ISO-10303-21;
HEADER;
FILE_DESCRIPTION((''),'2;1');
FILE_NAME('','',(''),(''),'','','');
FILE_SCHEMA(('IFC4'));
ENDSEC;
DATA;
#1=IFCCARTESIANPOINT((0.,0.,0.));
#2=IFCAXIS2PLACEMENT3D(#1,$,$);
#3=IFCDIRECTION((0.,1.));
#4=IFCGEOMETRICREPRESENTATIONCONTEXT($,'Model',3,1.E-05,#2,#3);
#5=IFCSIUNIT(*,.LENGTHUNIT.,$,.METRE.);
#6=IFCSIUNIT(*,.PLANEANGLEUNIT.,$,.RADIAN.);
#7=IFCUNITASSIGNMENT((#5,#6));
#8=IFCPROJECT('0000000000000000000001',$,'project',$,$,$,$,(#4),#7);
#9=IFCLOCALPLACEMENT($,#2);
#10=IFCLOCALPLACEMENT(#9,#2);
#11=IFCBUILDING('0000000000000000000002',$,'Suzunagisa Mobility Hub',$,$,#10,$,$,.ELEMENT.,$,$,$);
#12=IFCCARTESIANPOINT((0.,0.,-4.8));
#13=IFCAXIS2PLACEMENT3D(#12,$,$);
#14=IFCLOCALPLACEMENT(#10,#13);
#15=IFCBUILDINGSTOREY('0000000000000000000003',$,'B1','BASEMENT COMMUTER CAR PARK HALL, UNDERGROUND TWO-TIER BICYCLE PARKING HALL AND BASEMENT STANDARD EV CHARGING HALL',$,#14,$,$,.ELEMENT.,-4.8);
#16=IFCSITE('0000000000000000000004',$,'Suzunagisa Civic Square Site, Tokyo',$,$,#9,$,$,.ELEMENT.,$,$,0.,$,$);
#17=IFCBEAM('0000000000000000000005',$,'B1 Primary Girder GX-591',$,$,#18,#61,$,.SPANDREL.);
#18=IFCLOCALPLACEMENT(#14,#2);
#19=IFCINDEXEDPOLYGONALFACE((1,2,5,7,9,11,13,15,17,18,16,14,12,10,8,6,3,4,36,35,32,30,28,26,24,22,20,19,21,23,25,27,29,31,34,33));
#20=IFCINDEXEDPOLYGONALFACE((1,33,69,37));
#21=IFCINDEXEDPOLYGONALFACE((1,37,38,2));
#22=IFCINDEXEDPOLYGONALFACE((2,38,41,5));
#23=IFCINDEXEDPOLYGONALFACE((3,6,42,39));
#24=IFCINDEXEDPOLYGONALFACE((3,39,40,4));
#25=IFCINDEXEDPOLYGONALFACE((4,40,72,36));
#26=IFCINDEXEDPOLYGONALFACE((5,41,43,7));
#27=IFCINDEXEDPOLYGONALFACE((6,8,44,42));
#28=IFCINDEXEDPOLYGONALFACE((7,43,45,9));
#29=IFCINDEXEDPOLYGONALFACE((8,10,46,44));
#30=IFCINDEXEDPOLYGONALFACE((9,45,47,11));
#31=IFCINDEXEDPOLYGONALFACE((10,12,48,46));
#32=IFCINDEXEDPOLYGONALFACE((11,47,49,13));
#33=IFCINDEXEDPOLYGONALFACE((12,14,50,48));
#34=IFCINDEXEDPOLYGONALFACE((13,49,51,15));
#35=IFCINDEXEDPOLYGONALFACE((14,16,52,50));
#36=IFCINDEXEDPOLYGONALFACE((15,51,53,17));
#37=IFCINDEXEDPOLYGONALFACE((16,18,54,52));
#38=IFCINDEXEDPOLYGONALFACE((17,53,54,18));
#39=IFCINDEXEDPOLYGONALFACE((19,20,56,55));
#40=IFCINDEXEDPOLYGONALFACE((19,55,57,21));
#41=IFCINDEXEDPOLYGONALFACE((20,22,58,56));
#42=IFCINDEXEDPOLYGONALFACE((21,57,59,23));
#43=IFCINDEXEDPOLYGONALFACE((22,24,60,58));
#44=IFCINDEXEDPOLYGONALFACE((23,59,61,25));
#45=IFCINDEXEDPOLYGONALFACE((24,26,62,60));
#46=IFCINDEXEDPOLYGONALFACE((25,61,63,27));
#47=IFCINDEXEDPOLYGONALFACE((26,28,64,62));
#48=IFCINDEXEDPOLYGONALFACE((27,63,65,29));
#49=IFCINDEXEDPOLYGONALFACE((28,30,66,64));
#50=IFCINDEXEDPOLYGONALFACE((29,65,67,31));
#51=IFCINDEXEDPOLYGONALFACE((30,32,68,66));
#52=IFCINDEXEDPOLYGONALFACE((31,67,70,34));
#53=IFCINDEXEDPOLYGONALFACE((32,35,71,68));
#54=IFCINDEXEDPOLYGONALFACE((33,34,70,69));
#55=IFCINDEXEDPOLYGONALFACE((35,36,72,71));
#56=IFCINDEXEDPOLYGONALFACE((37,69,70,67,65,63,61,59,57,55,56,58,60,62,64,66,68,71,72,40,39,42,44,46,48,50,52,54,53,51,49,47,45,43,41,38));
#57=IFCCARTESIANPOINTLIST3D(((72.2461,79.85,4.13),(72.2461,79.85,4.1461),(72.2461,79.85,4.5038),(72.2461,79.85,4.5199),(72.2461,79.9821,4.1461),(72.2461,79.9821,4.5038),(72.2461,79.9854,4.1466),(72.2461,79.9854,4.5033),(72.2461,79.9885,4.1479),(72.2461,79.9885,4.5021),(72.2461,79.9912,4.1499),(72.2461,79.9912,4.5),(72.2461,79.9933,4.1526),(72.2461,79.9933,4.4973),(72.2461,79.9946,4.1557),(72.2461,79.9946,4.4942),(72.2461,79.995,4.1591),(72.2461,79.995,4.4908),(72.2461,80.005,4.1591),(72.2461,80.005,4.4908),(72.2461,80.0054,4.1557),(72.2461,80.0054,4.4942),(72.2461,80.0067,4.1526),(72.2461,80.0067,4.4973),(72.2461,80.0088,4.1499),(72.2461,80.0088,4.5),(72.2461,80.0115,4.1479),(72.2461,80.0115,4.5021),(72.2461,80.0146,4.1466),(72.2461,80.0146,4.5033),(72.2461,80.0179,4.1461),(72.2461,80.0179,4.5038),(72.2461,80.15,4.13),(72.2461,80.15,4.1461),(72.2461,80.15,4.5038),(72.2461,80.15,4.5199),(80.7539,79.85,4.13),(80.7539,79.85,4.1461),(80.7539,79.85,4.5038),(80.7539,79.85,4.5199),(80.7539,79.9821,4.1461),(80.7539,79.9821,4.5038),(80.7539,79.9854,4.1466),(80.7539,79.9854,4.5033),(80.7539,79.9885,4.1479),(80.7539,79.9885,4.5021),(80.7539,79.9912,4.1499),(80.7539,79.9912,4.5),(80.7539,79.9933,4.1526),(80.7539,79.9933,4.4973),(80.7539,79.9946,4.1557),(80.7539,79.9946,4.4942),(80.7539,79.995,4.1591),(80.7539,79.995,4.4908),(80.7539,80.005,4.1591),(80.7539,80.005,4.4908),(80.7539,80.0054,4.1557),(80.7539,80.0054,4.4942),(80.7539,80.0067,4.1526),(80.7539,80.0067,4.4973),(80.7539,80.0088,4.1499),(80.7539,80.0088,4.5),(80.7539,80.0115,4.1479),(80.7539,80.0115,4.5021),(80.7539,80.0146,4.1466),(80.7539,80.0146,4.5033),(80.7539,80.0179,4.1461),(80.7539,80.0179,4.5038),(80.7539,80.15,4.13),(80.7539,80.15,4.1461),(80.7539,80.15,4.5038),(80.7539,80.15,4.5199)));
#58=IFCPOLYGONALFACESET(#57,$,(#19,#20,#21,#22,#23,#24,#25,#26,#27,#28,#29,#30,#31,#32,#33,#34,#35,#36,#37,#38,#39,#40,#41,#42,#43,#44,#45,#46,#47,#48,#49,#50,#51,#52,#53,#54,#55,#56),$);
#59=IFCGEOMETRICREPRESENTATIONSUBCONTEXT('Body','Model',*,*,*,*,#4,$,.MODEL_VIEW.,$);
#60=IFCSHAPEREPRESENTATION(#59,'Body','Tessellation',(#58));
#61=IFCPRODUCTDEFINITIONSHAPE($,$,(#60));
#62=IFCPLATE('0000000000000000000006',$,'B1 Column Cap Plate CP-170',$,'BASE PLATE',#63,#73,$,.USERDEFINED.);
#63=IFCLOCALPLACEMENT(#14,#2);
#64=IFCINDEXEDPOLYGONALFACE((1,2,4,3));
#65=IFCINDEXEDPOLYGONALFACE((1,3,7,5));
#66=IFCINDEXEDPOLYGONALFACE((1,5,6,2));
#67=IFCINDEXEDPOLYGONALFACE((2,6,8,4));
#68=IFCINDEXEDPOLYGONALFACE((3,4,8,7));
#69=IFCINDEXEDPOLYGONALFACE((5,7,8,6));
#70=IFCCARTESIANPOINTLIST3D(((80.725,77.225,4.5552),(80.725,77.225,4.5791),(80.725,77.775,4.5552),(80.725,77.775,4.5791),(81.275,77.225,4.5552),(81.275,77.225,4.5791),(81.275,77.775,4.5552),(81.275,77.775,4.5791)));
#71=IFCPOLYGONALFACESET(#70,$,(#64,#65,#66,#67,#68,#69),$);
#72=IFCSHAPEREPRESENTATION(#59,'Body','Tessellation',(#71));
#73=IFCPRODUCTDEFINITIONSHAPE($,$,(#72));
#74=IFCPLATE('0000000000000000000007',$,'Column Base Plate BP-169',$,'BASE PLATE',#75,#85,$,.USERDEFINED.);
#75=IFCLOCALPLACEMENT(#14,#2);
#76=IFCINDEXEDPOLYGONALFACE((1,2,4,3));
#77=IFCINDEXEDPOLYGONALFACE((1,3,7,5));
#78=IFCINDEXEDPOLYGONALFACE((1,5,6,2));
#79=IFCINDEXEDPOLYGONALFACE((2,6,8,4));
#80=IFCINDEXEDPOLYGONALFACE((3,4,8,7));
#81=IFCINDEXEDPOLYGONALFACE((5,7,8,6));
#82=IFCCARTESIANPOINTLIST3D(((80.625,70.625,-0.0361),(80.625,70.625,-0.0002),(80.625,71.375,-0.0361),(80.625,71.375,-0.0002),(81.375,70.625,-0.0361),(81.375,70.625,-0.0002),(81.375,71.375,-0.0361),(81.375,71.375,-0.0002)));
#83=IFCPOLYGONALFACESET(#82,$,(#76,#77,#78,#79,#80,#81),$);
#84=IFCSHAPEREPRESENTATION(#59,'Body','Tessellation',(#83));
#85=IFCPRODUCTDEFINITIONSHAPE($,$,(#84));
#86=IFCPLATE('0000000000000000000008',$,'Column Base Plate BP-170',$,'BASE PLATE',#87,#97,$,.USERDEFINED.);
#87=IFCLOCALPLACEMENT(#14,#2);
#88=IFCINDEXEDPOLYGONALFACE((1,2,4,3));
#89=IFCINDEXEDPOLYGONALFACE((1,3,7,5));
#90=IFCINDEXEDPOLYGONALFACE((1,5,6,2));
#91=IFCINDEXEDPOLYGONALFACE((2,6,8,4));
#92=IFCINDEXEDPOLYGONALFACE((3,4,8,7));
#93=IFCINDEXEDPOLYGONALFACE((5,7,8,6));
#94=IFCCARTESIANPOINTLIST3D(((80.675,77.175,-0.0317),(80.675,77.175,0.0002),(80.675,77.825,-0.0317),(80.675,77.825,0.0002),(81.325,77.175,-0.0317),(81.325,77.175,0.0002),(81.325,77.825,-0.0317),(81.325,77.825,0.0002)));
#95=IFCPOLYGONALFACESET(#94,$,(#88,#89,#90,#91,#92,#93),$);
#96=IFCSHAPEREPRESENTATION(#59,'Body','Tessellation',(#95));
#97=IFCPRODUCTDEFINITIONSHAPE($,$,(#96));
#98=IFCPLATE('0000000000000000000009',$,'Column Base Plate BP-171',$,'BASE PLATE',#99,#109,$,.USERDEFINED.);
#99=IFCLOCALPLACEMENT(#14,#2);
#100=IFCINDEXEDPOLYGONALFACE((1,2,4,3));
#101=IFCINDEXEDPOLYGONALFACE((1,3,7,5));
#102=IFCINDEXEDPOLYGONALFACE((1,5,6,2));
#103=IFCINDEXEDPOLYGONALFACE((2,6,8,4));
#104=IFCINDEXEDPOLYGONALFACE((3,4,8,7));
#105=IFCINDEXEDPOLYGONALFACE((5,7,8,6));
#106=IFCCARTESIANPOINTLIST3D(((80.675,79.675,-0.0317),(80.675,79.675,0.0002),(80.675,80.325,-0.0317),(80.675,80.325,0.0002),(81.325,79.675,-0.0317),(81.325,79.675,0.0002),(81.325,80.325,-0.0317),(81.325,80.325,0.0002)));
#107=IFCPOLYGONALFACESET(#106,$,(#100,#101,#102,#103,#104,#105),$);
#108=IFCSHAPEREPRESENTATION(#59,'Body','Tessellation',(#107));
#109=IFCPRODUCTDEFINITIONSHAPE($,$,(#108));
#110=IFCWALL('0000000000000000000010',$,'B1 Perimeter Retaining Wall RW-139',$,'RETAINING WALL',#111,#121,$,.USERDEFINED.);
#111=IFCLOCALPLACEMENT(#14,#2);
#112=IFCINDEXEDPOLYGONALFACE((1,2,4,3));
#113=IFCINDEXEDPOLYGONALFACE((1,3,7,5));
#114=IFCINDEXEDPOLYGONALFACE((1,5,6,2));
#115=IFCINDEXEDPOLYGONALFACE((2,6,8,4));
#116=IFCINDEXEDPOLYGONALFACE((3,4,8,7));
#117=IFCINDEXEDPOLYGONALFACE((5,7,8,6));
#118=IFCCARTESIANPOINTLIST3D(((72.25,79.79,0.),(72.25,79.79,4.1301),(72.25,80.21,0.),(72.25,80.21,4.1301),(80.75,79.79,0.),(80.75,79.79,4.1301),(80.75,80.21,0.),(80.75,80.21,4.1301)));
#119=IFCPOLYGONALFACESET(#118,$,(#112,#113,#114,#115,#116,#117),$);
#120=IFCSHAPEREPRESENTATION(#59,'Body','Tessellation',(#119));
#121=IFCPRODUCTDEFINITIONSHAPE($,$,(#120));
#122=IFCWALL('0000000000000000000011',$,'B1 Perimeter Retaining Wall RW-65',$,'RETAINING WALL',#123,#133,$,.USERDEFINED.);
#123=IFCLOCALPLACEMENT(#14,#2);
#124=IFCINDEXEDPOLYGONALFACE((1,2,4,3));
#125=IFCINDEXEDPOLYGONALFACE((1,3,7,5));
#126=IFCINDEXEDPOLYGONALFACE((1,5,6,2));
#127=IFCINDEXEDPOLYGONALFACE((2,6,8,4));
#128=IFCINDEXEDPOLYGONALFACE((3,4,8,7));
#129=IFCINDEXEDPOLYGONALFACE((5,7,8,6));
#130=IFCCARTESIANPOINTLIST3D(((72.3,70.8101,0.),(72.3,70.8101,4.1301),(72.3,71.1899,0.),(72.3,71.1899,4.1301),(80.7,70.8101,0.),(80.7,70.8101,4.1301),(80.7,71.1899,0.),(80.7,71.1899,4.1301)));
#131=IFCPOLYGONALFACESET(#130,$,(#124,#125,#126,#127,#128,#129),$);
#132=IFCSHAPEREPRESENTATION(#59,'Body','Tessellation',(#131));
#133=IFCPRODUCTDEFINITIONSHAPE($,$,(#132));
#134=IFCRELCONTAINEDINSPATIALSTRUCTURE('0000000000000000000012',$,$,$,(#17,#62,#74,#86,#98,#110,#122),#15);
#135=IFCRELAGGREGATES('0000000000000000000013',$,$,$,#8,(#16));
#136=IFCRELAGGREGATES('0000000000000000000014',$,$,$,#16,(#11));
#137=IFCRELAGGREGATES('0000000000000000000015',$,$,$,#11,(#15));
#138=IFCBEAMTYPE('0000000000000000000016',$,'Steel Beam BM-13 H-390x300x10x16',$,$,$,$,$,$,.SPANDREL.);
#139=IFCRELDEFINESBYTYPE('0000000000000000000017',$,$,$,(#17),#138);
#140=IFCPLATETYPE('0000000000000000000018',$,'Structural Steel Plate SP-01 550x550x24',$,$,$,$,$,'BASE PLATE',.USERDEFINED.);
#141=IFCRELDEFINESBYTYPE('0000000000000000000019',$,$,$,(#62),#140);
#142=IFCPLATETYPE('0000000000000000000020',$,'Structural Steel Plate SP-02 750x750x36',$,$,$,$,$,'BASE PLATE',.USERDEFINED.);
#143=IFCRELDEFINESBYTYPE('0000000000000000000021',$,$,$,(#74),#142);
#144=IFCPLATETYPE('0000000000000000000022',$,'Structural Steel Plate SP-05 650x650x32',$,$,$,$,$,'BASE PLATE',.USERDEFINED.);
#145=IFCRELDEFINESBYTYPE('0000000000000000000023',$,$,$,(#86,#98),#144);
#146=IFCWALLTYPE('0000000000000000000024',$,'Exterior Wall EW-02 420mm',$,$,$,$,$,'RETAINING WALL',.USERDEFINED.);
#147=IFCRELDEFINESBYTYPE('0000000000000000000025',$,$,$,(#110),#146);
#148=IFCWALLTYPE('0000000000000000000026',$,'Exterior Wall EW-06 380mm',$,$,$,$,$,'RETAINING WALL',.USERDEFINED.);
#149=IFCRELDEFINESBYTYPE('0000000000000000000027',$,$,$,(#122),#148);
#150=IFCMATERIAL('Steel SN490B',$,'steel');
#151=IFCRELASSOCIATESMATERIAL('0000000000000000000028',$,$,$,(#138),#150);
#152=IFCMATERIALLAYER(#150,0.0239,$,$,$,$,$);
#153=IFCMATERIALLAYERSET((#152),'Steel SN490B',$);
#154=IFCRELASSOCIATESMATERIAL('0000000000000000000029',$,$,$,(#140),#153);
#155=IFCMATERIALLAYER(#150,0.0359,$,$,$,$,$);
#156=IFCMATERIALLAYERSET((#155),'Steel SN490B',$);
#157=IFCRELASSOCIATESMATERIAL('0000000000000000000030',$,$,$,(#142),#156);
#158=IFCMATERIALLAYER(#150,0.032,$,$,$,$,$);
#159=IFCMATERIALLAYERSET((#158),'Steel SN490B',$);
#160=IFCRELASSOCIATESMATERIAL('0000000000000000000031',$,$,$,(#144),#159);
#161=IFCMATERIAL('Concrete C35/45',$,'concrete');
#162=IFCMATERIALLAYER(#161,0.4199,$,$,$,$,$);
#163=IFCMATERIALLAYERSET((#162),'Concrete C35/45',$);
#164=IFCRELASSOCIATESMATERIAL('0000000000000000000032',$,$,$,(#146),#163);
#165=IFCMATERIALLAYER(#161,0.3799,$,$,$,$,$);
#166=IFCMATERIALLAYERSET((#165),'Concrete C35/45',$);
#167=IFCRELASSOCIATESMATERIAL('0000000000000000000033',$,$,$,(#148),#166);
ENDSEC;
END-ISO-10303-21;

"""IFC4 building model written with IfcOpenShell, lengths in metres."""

from ifc_helpers import new_model, si_unit, direction, frame, frame_2d, origin, origin_2d, place, context, subcontext, project, spatial, rectangle, i_section, extrude, material, layer, layer_set, material_profile, profile_set, type_object, element, save


model = new_model("IFC4")

# Units and contexts
model_context = context("Model", 3, precision=1e-05, world=origin(), true_north=direction((0.0, 1.0)))
body_context = subcontext(model_context, "Body", "Model", "MODEL_VIEW")
ifc_project = project(units=[si_unit("LENGTHUNIT", "METRE"), si_unit("PLANEANGLEUNIT", "RADIAN")], contexts=[model_context])

# Site, building, storey
site_placement = place(None, origin())
site = spatial("IfcSite", under=ifc_project, at=site_placement, Name="Suzunagisa Civic Square Site, Tokyo", CompositionType="ELEMENT", RefElevation=0.0)
building_placement = place(site_placement, origin())
building = spatial("IfcBuilding", under=site, at=building_placement, Name="Suzunagisa Mobility Hub", CompositionType="ELEMENT")
storey_placement = place(building_placement, frame((0.0, 0.0, -4.8)))
storey = spatial("IfcBuildingStorey", under=building, at=storey_placement, Name="B1", Description="BASEMENT COMMUTER CAR PARK HALL, UNDERGROUND TWO-TIER BICYCLE PARKING HALL AND BASEMENT STANDARD EV CHARGING HALL", CompositionType="ELEMENT", Elevation=-4.8)

# Shared definitions
ifc_material_1 = material(Name="Concrete C35/45", Category="concrete")

# Shared definitions
ifc_material_2 = material(Name="Steel SN490B", Category="steel")

# Beam
ifc_material_profile_1 = material_profile(ifc_material_2, i_section(OverallWidth=0.3, OverallDepth=0.3899, WebThickness=0.01, FlangeThickness=0.0161, FilletRadius=0.0129, at=origin_2d()), Name="H-390x300x10x16")
ifc_profile_set_1 = profile_set([ifc_material_profile_1], Name="Steel SN490B")
beam_type_1 = type_object("IfcBeamType", Name="Steel Beam BM-13 H-390x300x10x16", PredefinedType="SPANDREL", material=ifc_profile_set_1)
beam_1_placement = place(storey_placement, frame((72.2461, 80.0, 4.325), z_axis=(1.0, 0.0, 0.0), x_axis=(0.0, 1.0, 0.0)))
element("IfcBeam", 1, at=beam_1_placement, inside=storey, type_object=beam_type_1, Name="B1 Primary Girder GX-591", PredefinedType="SPANDREL", context=body_context, shape_type="SweptSolid", body=[
    extrude(i_section(OverallWidth=0.3, OverallDepth=0.3899, WebThickness=0.01, FlangeThickness=0.0161, FilletRadius=0.0129, at=origin_2d()), origin(), (0.0, 0.0, 1.0), 8.5078),
])

# Plates
ifc_layer_1 = layer(ifc_material_2, 0.0239)
ifc_layer_set_1 = layer_set([ifc_layer_1], Name="Steel SN490B")
plate_type_1 = type_object("IfcPlateType", Name="Structural Steel Plate SP-01 550x550x24", ElementType="BASE PLATE", PredefinedType="USERDEFINED", material=ifc_layer_set_1)
plate_1_placement = place(storey_placement, frame((81.0, 77.5, 4.5552), z_axis=(0.0, 0.0, 1.0), x_axis=(1.0, 0.0, 0.0)))
element("IfcPlate", 2, at=plate_1_placement, inside=storey, type_object=plate_type_1, Name="B1 Column Cap Plate CP-170", ObjectType="BASE PLATE", PredefinedType="USERDEFINED", context=body_context, shape_type="SweptSolid", body=[
    extrude(rectangle(XDim=0.55, YDim=0.55, at=origin_2d()), origin(), (0.0, 0.0, 1.0), 0.0239),
])
ifc_layer_2 = layer(ifc_material_2, 0.0359)
ifc_layer_set_2 = layer_set([ifc_layer_2], Name="Steel SN490B")
plate_type_2 = type_object("IfcPlateType", Name="Structural Steel Plate SP-02 750x750x36", ElementType="BASE PLATE", PredefinedType="USERDEFINED", material=ifc_layer_set_2)
plate_2_placement = place(storey_placement, frame((81.0, 71.0, -0.0361), z_axis=(0.0, 0.0, 1.0), x_axis=(1.0, 0.0, 0.0)))
element("IfcPlate", 3, at=plate_2_placement, inside=storey, type_object=plate_type_2, Name="Column Base Plate BP-169", ObjectType="BASE PLATE", PredefinedType="USERDEFINED", context=body_context, shape_type="SweptSolid", body=[
    extrude(rectangle(XDim=0.75, YDim=0.75, at=origin_2d()), origin(), (0.0, 0.0, 1.0), 0.0359),
])
ifc_layer_3 = layer(ifc_material_2, 0.032)
ifc_layer_set_3 = layer_set([ifc_layer_3], Name="Steel SN490B")
plate_type_3 = type_object("IfcPlateType", Name="Structural Steel Plate SP-05 650x650x32", ElementType="BASE PLATE", PredefinedType="USERDEFINED", material=ifc_layer_set_3)
for number, where, z_axis, x_axis, name in (
    (4, (81.0, 77.5, -0.0317), (0.0, 0.0, 1.0), (1.0, 0.0, 0.0), "Column Base Plate BP-170"),
    (5, (81.0, 80.0, -0.0317), (0.0, 0.0, 1.0), (1.0, 0.0, 0.0), "Column Base Plate BP-171"),
):
    element("IfcPlate", number, at=place(storey_placement, frame(where, z_axis=z_axis, x_axis=x_axis)), inside=storey, type_object=plate_type_3, Name=name, ObjectType="BASE PLATE", PredefinedType="USERDEFINED", context=body_context, shape_type="SweptSolid", body=[
        extrude(rectangle(XDim=0.6499, YDim=0.6499, at=origin_2d()), origin(), (0.0, 0.0, 1.0), 0.032),
    ])

# Walls
ifc_layer_4 = layer(ifc_material_1, 0.4199)
ifc_layer_set_4 = layer_set([ifc_layer_4], Name="Concrete C35/45")
wall_type_1 = type_object("IfcWallType", Name="Exterior Wall EW-02 420mm", ElementType="RETAINING WALL", PredefinedType="USERDEFINED", material=ifc_layer_set_4)
wall_1_placement = place(storey_placement, frame((72.25, 80.0, 0.0), z_axis=(0.0, 0.0, 1.0), x_axis=(1.0, 0.0, 0.0)))
element("IfcWall", 6, at=wall_1_placement, inside=storey, type_object=wall_type_1, Name="B1 Perimeter Retaining Wall RW-139", ObjectType="RETAINING WALL", PredefinedType="USERDEFINED", context=body_context, shape_type="SweptSolid", body=[
    extrude(rectangle(XDim=8.5, YDim=0.4199, at=frame_2d((4.25, 0.0))), origin(), (0.0, 0.0, 1.0), 4.1301),
])
ifc_layer_5 = layer(ifc_material_1, 0.3799)
ifc_layer_set_5 = layer_set([ifc_layer_5], Name="Concrete C35/45")
wall_type_2 = type_object("IfcWallType", Name="Exterior Wall EW-06 380mm", ElementType="RETAINING WALL", PredefinedType="USERDEFINED", material=ifc_layer_set_5)
wall_2_placement = place(storey_placement, frame((80.7, 71.0, 0.0), z_axis=(0.0, 0.0, 1.0), x_axis=(-1.0, 0.0, 0.0)))
element("IfcWall", 7, at=wall_2_placement, inside=storey, type_object=wall_type_2, Name="B1 Perimeter Retaining Wall RW-65", ObjectType="RETAINING WALL", PredefinedType="USERDEFINED", context=body_context, shape_type="SweptSolid", body=[
    extrude(rectangle(XDim=8.3999, YDim=0.3799, at=frame_2d((4.2, 0.0))), origin(), (0.0, 0.0, 1.0), 4.1301),
])

save(model, "model.ifc")
